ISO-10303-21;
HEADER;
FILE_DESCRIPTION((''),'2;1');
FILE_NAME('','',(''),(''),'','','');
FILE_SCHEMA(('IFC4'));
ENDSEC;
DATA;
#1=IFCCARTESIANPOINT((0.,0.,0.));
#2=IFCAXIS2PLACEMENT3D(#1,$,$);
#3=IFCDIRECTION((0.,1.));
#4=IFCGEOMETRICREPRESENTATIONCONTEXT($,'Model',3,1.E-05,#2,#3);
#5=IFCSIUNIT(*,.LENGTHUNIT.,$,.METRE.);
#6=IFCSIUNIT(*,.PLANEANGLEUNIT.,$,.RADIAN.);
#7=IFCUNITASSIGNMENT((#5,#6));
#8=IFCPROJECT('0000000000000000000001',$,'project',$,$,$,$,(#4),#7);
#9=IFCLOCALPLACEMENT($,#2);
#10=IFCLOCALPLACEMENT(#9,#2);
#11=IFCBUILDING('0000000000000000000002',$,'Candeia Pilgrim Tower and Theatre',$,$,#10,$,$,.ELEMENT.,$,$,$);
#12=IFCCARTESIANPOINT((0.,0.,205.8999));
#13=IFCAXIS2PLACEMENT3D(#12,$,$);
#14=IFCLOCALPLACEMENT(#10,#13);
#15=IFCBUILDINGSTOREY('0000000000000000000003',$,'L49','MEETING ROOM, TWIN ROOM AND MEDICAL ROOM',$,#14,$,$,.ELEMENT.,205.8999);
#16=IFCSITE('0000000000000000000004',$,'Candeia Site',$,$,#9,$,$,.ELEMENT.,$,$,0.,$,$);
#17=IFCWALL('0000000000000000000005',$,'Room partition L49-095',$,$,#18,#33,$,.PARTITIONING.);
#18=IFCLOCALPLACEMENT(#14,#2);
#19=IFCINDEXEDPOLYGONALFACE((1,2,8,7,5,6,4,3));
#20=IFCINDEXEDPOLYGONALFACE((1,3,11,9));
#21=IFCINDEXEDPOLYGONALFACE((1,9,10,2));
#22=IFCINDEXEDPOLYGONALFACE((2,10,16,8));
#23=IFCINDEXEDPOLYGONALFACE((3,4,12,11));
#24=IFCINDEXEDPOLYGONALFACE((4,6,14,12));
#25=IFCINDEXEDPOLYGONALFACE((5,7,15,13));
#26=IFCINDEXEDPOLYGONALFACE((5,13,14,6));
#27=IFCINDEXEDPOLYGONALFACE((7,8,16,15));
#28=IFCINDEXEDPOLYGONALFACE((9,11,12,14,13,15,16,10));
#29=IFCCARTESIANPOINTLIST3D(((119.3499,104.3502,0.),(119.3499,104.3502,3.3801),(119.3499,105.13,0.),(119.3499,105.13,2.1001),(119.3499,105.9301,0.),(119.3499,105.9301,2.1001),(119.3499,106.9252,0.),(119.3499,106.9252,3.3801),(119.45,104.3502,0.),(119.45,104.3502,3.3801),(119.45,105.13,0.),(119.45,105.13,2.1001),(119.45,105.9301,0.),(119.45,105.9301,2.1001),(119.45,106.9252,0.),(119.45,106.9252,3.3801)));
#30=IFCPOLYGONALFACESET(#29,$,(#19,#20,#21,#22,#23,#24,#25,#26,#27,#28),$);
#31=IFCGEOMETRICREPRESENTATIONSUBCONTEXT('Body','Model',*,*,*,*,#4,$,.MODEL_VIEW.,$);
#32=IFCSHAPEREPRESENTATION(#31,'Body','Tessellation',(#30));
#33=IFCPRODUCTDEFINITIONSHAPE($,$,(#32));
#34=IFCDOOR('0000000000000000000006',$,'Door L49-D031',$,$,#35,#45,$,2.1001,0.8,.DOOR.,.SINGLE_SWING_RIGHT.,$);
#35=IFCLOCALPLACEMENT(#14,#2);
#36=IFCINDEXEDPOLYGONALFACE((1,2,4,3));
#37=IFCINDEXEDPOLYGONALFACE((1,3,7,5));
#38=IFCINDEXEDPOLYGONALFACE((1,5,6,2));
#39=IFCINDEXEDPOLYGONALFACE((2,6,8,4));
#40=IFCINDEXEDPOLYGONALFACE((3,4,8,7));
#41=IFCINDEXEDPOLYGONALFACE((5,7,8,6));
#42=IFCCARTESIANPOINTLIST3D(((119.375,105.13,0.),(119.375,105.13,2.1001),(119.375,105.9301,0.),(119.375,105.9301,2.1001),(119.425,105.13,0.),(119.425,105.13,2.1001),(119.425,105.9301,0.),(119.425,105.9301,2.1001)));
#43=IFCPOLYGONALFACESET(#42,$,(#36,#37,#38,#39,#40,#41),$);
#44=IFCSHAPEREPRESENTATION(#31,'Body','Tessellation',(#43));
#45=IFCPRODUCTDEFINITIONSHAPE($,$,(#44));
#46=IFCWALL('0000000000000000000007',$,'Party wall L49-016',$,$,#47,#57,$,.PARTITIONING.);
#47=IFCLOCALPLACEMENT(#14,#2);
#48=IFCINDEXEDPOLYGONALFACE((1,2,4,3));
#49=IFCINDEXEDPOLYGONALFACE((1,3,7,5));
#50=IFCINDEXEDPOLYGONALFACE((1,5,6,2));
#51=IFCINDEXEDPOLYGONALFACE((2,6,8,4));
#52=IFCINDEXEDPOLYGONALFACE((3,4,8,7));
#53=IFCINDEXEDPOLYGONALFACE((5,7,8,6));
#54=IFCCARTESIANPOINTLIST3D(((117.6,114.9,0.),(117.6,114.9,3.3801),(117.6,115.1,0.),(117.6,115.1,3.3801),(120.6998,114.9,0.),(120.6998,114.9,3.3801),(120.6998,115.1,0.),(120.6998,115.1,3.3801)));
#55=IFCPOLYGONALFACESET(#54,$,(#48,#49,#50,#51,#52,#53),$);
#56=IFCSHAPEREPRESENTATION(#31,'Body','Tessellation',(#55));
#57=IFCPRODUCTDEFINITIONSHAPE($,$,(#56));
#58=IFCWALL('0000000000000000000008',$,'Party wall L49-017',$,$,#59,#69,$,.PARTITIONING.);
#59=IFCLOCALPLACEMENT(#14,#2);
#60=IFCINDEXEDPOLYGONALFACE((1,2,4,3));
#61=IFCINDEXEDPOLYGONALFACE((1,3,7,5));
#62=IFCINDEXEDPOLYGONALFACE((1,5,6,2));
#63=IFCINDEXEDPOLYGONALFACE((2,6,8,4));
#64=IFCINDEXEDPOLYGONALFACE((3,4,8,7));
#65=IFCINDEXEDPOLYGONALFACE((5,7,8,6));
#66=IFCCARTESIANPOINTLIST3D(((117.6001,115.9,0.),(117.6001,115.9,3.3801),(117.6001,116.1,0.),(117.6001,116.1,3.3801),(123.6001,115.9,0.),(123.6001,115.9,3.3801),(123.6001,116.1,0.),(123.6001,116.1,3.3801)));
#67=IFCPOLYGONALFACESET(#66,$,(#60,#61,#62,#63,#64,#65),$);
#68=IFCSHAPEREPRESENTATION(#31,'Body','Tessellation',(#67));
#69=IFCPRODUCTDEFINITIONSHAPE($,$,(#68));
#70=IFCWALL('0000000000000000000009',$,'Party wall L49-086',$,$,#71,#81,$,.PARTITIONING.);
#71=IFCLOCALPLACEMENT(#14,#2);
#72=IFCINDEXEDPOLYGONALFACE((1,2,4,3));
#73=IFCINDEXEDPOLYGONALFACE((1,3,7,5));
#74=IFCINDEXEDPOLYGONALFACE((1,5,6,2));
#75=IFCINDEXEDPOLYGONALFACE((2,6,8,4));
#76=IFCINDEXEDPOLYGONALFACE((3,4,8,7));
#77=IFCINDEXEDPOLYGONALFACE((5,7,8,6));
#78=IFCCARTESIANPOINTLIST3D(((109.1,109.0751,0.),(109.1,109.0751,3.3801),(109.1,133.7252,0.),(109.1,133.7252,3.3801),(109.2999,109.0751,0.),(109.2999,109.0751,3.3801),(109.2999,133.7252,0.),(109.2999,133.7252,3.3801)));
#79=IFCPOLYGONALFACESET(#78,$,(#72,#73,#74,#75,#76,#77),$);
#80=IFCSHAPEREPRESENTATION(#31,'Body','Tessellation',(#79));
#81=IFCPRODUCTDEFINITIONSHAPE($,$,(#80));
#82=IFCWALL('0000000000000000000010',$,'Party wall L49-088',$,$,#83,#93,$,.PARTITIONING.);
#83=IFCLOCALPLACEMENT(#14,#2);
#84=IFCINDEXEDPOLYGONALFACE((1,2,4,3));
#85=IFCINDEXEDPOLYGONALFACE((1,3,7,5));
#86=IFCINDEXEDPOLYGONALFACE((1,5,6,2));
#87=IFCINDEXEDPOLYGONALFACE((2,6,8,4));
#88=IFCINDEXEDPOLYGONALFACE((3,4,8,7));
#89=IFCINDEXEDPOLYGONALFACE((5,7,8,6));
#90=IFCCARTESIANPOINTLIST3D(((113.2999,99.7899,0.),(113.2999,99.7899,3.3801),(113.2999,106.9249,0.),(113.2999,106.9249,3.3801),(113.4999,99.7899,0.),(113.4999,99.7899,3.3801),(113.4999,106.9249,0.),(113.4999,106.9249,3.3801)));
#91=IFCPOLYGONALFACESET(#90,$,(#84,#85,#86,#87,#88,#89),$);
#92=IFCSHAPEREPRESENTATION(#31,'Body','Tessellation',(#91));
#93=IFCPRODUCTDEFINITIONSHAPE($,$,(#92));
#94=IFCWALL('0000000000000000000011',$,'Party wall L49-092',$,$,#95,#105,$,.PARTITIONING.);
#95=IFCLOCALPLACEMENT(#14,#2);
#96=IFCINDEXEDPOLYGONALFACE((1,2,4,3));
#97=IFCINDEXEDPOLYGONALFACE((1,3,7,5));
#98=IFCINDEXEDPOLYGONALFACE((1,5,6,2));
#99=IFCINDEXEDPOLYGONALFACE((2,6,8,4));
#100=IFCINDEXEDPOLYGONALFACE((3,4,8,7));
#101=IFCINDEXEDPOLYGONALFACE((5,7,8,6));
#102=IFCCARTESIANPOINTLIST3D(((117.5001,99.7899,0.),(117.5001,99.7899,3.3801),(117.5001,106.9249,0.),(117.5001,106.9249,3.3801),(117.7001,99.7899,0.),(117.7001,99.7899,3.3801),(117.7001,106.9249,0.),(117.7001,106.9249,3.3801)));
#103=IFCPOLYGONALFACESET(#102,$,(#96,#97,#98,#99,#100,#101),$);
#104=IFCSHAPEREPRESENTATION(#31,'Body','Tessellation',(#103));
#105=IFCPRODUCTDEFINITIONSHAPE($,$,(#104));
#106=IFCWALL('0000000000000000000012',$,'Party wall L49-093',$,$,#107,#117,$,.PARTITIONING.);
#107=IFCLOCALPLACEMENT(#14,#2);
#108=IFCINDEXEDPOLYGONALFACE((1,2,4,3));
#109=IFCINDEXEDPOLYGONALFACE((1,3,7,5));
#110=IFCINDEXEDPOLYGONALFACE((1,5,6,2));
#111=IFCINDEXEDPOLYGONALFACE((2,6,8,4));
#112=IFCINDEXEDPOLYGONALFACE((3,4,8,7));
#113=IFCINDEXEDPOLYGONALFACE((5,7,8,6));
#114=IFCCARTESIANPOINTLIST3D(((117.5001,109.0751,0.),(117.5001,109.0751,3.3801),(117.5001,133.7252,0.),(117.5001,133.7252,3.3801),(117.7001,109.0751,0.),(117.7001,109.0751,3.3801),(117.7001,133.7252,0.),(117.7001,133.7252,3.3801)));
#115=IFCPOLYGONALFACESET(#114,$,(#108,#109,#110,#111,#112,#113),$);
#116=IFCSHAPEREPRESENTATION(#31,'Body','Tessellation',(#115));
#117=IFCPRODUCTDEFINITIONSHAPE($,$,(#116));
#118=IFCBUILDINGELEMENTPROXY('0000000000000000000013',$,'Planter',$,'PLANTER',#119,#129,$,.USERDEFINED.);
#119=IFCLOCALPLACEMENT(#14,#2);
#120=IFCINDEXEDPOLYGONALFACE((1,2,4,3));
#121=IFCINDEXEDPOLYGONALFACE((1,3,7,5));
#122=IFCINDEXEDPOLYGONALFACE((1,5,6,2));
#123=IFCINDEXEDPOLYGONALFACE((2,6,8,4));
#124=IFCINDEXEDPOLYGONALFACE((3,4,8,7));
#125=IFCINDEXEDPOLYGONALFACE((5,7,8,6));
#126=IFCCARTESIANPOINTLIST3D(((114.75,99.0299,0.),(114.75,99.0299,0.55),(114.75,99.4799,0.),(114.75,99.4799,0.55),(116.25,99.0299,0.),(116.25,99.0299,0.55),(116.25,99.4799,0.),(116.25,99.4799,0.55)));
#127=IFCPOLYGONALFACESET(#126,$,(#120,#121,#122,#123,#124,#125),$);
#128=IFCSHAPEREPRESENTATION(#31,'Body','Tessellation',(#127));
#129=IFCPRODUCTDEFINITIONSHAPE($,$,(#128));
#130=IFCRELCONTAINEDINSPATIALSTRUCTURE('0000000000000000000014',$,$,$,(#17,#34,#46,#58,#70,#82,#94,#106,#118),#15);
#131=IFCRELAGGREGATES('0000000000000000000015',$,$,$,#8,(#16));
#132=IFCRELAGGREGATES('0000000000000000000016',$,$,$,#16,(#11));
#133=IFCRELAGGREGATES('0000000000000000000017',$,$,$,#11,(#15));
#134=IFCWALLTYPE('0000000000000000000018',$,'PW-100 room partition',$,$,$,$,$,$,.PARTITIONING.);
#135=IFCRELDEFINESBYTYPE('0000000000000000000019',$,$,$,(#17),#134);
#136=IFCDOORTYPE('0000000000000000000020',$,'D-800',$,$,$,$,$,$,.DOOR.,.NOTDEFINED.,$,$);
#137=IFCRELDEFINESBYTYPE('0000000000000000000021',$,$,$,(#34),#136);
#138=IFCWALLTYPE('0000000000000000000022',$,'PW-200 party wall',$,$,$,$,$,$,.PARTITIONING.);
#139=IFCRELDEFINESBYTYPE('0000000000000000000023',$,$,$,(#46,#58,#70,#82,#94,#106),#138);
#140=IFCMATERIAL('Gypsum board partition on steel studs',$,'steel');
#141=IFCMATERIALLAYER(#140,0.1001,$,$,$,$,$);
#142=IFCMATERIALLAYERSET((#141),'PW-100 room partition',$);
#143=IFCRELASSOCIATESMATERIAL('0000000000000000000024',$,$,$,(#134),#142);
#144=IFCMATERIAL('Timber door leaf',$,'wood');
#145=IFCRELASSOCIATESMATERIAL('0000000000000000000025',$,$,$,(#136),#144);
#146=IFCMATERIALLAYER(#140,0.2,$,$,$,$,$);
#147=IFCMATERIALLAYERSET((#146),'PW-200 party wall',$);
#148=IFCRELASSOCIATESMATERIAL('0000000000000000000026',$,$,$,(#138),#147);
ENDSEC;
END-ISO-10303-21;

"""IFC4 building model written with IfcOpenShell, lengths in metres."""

from ifc_helpers import new_model, si_unit, direction, frame, frame_2d, origin, origin_2d, place, context, subcontext, project, spatial, rectangle, extrude, material, layer, layer_set, type_object, element, fill, save


model = new_model("IFC4")

# Units and contexts
model_context = context("Model", 3, precision=1e-05, world=origin(), true_north=direction((0.0, 1.0)))
body_context = subcontext(model_context, "Body", "Model", "MODEL_VIEW")
ifc_project = project(units=[si_unit("LENGTHUNIT", "METRE"), si_unit("PLANEANGLEUNIT", "RADIAN")], contexts=[model_context])

# Site, building, storey
site_placement = place(None, origin())
site = spatial("IfcSite", under=ifc_project, at=site_placement, Name="Candeia Site", CompositionType="ELEMENT", RefElevation=0.0)
building_placement = place(site_placement, origin())
building = spatial("IfcBuilding", under=site, at=building_placement, Name="Candeia Pilgrim Tower and Theatre", CompositionType="ELEMENT")
storey_placement = place(building_placement, frame((0.0, 0.0, 205.8999)))
storey = spatial("IfcBuildingStorey", under=building, at=storey_placement, Name="L49", Description="MEETING ROOM, TWIN ROOM AND MEDICAL ROOM", CompositionType="ELEMENT", Elevation=205.8999)

# Shared definitions
ifc_material_1 = material(Name="Gypsum board partition on steel studs", Category="steel")
ifc_layer_1 = layer(ifc_material_1, 0.1001)
ifc_layer_set_1 = layer_set([ifc_layer_1], Name="PW-100 room partition")
wall_type_1 = type_object("IfcWallType", Name="PW-100 room partition", PredefinedType="PARTITIONING", material=ifc_layer_set_1)

# Shared definitions
ifc_material_2 = material(Name="Timber door leaf", Category="wood")
door_type = type_object("IfcDoorType", Name="D-800", OperationType="NOTDEFINED", PredefinedType="DOOR", material=ifc_material_2)

# Wall, opening, door
wall_1_placement = place(storey_placement, frame((119.3999, 104.3501, 0.0), z_axis=(0.0, 0.0, 1.0), x_axis=(0.0, 1.0, 0.0)))
wall_1 = element("IfcWall", 1, at=wall_1_placement, inside=storey, type_object=wall_type_1, Name="Room partition L49-095", PredefinedType="PARTITIONING", context=body_context, shape_type="SweptSolid", body=[
    extrude(rectangle(XDim=2.575, YDim=0.1001, at=frame_2d((1.2876, 0.0))), origin(), (0.0, 0.0, 1.0), 3.3801),
])
opening_1_placement = place(wall_1_placement, frame((0.78, 0.0, 0.0)))
opening_1 = element("IfcOpeningElement", 2, at=opening_1_placement, cuts=wall_1, PredefinedType="OPENING", context=body_context, shape_type="SweptSolid", body=[
    extrude(rectangle(XDim=0.8, YDim=2.1001, at=frame_2d((0.3999, 1.05))), frame((0.0, 0.0601, 0.0), z_axis=(0.0, -1.0, 0.0), x_axis=(1.0, 0.0, 0.0)), (0.0, 0.0, 1.0), 0.1201),
])
door_1_placement = place(opening_1_placement, origin())
door_1 = element("IfcDoor", 3, at=door_1_placement, inside=storey, type_object=door_type, Name="Door L49-D031", OperationType="SINGLE_SWING_RIGHT", OverallHeight=2.1001, OverallWidth=0.8, PredefinedType="DOOR", context=body_context, shape_type="SweptSolid", body=[
    extrude(rectangle(XDim=0.8, YDim=2.1001, at=frame_2d((0.3999, 1.05))), frame((0.0, 0.0249, 0.0), z_axis=(0.0, -1.0, 0.0), x_axis=(1.0, 0.0, 0.0)), (0.0, 0.0, 1.0), 0.05),
])
fill(opening_1, door_1)

# Walls
ifc_layer_2 = layer(ifc_material_1, 0.2)
ifc_layer_set_2 = layer_set([ifc_layer_2], Name="PW-200 party wall")
wall_type_2 = type_object("IfcWallType", Name="PW-200 party wall", PredefinedType="PARTITIONING", material=ifc_layer_set_2)
wall_2_placement = place(storey_placement, frame((117.6001, 115.0, 0.0), z_axis=(0.0, 0.0, 1.0), x_axis=(1.0, 0.0, 0.0)))
element("IfcWall", 4, at=wall_2_placement, inside=storey, type_object=wall_type_2, Name="Party wall L49-016", PredefinedType="PARTITIONING", context=body_context, shape_type="SweptSolid", body=[
    extrude(rectangle(XDim=3.0999, YDim=0.2, at=frame_2d((1.5498, 0.0))), origin(), (0.0, 0.0, 1.0), 3.3801),
])
wall_3_placement = place(storey_placement, frame((117.6001, 116.0, 0.0), z_axis=(0.0, 0.0, 1.0), x_axis=(1.0, 0.0, 0.0)))
element("IfcWall", 5, at=wall_3_placement, inside=storey, type_object=wall_type_2, Name="Party wall L49-017", PredefinedType="PARTITIONING", context=body_context, shape_type="SweptSolid", body=[
    extrude(rectangle(XDim=6.0, YDim=0.2, at=frame_2d((3.0, 0.0))), origin(), (0.0, 0.0, 1.0), 3.3801),
])
wall_4_placement = place(storey_placement, frame((109.2, 109.075, 0.0), z_axis=(0.0, 0.0, 1.0), x_axis=(0.0, 1.0, 0.0)))
element("IfcWall", 6, at=wall_4_placement, inside=storey, type_object=wall_type_2, Name="Party wall L49-086", PredefinedType="PARTITIONING", context=body_context, shape_type="SweptSolid", body=[
    extrude(rectangle(XDim=24.6501, YDim=0.2, at=frame_2d((12.3252, 0.0))), origin(), (0.0, 0.0, 1.0), 3.3801),
])
for number, where, z_axis, x_axis, name in (
    (7, (113.3999, 99.79, 0.0), (0.0, 0.0, 1.0), (0.0, 1.0, 0.0), "Party wall L49-088"),
    (8, (117.6001, 99.79, 0.0), (0.0, 0.0, 1.0), (0.0, 1.0, 0.0), "Party wall L49-092"),
):
    element("IfcWall", number, at=place(storey_placement, frame(where, z_axis=z_axis, x_axis=x_axis)), inside=storey, type_object=wall_type_2, Name=name, PredefinedType="PARTITIONING", context=body_context, shape_type="SweptSolid", body=[
        extrude(rectangle(XDim=7.135, YDim=0.2, at=frame_2d((3.5674, 0.0))), origin(), (0.0, 0.0, 1.0), 3.3801),
    ])
wall_5_placement = place(storey_placement, frame((117.6001, 109.075, 0.0), z_axis=(0.0, 0.0, 1.0), x_axis=(0.0, 1.0, 0.0)))
element("IfcWall", 9, at=wall_5_placement, inside=storey, type_object=wall_type_2, Name="Party wall L49-093", PredefinedType="PARTITIONING", context=body_context, shape_type="SweptSolid", body=[
    extrude(rectangle(XDim=24.6501, YDim=0.2, at=frame_2d((12.3252, 0.0))), origin(), (0.0, 0.0, 1.0), 3.3801),
])

# Building element proxy
proxy_placement = place(storey_placement, frame((115.5, 99.2549, 0.0), z_axis=(0.0, 0.0, 1.0), x_axis=(1.0, 0.0, 0.0)))
element("IfcBuildingElementProxy", 10, at=proxy_placement, inside=storey, Name="Planter", ObjectType="PLANTER", PredefinedType="USERDEFINED", context=body_context, shape_type="SweptSolid", body=[
    extrude(rectangle(XDim=1.5, YDim=0.45, at=origin_2d()), origin(), (0.0, 0.0, 1.0), 0.55),
])

save(model, "model.ifc")
